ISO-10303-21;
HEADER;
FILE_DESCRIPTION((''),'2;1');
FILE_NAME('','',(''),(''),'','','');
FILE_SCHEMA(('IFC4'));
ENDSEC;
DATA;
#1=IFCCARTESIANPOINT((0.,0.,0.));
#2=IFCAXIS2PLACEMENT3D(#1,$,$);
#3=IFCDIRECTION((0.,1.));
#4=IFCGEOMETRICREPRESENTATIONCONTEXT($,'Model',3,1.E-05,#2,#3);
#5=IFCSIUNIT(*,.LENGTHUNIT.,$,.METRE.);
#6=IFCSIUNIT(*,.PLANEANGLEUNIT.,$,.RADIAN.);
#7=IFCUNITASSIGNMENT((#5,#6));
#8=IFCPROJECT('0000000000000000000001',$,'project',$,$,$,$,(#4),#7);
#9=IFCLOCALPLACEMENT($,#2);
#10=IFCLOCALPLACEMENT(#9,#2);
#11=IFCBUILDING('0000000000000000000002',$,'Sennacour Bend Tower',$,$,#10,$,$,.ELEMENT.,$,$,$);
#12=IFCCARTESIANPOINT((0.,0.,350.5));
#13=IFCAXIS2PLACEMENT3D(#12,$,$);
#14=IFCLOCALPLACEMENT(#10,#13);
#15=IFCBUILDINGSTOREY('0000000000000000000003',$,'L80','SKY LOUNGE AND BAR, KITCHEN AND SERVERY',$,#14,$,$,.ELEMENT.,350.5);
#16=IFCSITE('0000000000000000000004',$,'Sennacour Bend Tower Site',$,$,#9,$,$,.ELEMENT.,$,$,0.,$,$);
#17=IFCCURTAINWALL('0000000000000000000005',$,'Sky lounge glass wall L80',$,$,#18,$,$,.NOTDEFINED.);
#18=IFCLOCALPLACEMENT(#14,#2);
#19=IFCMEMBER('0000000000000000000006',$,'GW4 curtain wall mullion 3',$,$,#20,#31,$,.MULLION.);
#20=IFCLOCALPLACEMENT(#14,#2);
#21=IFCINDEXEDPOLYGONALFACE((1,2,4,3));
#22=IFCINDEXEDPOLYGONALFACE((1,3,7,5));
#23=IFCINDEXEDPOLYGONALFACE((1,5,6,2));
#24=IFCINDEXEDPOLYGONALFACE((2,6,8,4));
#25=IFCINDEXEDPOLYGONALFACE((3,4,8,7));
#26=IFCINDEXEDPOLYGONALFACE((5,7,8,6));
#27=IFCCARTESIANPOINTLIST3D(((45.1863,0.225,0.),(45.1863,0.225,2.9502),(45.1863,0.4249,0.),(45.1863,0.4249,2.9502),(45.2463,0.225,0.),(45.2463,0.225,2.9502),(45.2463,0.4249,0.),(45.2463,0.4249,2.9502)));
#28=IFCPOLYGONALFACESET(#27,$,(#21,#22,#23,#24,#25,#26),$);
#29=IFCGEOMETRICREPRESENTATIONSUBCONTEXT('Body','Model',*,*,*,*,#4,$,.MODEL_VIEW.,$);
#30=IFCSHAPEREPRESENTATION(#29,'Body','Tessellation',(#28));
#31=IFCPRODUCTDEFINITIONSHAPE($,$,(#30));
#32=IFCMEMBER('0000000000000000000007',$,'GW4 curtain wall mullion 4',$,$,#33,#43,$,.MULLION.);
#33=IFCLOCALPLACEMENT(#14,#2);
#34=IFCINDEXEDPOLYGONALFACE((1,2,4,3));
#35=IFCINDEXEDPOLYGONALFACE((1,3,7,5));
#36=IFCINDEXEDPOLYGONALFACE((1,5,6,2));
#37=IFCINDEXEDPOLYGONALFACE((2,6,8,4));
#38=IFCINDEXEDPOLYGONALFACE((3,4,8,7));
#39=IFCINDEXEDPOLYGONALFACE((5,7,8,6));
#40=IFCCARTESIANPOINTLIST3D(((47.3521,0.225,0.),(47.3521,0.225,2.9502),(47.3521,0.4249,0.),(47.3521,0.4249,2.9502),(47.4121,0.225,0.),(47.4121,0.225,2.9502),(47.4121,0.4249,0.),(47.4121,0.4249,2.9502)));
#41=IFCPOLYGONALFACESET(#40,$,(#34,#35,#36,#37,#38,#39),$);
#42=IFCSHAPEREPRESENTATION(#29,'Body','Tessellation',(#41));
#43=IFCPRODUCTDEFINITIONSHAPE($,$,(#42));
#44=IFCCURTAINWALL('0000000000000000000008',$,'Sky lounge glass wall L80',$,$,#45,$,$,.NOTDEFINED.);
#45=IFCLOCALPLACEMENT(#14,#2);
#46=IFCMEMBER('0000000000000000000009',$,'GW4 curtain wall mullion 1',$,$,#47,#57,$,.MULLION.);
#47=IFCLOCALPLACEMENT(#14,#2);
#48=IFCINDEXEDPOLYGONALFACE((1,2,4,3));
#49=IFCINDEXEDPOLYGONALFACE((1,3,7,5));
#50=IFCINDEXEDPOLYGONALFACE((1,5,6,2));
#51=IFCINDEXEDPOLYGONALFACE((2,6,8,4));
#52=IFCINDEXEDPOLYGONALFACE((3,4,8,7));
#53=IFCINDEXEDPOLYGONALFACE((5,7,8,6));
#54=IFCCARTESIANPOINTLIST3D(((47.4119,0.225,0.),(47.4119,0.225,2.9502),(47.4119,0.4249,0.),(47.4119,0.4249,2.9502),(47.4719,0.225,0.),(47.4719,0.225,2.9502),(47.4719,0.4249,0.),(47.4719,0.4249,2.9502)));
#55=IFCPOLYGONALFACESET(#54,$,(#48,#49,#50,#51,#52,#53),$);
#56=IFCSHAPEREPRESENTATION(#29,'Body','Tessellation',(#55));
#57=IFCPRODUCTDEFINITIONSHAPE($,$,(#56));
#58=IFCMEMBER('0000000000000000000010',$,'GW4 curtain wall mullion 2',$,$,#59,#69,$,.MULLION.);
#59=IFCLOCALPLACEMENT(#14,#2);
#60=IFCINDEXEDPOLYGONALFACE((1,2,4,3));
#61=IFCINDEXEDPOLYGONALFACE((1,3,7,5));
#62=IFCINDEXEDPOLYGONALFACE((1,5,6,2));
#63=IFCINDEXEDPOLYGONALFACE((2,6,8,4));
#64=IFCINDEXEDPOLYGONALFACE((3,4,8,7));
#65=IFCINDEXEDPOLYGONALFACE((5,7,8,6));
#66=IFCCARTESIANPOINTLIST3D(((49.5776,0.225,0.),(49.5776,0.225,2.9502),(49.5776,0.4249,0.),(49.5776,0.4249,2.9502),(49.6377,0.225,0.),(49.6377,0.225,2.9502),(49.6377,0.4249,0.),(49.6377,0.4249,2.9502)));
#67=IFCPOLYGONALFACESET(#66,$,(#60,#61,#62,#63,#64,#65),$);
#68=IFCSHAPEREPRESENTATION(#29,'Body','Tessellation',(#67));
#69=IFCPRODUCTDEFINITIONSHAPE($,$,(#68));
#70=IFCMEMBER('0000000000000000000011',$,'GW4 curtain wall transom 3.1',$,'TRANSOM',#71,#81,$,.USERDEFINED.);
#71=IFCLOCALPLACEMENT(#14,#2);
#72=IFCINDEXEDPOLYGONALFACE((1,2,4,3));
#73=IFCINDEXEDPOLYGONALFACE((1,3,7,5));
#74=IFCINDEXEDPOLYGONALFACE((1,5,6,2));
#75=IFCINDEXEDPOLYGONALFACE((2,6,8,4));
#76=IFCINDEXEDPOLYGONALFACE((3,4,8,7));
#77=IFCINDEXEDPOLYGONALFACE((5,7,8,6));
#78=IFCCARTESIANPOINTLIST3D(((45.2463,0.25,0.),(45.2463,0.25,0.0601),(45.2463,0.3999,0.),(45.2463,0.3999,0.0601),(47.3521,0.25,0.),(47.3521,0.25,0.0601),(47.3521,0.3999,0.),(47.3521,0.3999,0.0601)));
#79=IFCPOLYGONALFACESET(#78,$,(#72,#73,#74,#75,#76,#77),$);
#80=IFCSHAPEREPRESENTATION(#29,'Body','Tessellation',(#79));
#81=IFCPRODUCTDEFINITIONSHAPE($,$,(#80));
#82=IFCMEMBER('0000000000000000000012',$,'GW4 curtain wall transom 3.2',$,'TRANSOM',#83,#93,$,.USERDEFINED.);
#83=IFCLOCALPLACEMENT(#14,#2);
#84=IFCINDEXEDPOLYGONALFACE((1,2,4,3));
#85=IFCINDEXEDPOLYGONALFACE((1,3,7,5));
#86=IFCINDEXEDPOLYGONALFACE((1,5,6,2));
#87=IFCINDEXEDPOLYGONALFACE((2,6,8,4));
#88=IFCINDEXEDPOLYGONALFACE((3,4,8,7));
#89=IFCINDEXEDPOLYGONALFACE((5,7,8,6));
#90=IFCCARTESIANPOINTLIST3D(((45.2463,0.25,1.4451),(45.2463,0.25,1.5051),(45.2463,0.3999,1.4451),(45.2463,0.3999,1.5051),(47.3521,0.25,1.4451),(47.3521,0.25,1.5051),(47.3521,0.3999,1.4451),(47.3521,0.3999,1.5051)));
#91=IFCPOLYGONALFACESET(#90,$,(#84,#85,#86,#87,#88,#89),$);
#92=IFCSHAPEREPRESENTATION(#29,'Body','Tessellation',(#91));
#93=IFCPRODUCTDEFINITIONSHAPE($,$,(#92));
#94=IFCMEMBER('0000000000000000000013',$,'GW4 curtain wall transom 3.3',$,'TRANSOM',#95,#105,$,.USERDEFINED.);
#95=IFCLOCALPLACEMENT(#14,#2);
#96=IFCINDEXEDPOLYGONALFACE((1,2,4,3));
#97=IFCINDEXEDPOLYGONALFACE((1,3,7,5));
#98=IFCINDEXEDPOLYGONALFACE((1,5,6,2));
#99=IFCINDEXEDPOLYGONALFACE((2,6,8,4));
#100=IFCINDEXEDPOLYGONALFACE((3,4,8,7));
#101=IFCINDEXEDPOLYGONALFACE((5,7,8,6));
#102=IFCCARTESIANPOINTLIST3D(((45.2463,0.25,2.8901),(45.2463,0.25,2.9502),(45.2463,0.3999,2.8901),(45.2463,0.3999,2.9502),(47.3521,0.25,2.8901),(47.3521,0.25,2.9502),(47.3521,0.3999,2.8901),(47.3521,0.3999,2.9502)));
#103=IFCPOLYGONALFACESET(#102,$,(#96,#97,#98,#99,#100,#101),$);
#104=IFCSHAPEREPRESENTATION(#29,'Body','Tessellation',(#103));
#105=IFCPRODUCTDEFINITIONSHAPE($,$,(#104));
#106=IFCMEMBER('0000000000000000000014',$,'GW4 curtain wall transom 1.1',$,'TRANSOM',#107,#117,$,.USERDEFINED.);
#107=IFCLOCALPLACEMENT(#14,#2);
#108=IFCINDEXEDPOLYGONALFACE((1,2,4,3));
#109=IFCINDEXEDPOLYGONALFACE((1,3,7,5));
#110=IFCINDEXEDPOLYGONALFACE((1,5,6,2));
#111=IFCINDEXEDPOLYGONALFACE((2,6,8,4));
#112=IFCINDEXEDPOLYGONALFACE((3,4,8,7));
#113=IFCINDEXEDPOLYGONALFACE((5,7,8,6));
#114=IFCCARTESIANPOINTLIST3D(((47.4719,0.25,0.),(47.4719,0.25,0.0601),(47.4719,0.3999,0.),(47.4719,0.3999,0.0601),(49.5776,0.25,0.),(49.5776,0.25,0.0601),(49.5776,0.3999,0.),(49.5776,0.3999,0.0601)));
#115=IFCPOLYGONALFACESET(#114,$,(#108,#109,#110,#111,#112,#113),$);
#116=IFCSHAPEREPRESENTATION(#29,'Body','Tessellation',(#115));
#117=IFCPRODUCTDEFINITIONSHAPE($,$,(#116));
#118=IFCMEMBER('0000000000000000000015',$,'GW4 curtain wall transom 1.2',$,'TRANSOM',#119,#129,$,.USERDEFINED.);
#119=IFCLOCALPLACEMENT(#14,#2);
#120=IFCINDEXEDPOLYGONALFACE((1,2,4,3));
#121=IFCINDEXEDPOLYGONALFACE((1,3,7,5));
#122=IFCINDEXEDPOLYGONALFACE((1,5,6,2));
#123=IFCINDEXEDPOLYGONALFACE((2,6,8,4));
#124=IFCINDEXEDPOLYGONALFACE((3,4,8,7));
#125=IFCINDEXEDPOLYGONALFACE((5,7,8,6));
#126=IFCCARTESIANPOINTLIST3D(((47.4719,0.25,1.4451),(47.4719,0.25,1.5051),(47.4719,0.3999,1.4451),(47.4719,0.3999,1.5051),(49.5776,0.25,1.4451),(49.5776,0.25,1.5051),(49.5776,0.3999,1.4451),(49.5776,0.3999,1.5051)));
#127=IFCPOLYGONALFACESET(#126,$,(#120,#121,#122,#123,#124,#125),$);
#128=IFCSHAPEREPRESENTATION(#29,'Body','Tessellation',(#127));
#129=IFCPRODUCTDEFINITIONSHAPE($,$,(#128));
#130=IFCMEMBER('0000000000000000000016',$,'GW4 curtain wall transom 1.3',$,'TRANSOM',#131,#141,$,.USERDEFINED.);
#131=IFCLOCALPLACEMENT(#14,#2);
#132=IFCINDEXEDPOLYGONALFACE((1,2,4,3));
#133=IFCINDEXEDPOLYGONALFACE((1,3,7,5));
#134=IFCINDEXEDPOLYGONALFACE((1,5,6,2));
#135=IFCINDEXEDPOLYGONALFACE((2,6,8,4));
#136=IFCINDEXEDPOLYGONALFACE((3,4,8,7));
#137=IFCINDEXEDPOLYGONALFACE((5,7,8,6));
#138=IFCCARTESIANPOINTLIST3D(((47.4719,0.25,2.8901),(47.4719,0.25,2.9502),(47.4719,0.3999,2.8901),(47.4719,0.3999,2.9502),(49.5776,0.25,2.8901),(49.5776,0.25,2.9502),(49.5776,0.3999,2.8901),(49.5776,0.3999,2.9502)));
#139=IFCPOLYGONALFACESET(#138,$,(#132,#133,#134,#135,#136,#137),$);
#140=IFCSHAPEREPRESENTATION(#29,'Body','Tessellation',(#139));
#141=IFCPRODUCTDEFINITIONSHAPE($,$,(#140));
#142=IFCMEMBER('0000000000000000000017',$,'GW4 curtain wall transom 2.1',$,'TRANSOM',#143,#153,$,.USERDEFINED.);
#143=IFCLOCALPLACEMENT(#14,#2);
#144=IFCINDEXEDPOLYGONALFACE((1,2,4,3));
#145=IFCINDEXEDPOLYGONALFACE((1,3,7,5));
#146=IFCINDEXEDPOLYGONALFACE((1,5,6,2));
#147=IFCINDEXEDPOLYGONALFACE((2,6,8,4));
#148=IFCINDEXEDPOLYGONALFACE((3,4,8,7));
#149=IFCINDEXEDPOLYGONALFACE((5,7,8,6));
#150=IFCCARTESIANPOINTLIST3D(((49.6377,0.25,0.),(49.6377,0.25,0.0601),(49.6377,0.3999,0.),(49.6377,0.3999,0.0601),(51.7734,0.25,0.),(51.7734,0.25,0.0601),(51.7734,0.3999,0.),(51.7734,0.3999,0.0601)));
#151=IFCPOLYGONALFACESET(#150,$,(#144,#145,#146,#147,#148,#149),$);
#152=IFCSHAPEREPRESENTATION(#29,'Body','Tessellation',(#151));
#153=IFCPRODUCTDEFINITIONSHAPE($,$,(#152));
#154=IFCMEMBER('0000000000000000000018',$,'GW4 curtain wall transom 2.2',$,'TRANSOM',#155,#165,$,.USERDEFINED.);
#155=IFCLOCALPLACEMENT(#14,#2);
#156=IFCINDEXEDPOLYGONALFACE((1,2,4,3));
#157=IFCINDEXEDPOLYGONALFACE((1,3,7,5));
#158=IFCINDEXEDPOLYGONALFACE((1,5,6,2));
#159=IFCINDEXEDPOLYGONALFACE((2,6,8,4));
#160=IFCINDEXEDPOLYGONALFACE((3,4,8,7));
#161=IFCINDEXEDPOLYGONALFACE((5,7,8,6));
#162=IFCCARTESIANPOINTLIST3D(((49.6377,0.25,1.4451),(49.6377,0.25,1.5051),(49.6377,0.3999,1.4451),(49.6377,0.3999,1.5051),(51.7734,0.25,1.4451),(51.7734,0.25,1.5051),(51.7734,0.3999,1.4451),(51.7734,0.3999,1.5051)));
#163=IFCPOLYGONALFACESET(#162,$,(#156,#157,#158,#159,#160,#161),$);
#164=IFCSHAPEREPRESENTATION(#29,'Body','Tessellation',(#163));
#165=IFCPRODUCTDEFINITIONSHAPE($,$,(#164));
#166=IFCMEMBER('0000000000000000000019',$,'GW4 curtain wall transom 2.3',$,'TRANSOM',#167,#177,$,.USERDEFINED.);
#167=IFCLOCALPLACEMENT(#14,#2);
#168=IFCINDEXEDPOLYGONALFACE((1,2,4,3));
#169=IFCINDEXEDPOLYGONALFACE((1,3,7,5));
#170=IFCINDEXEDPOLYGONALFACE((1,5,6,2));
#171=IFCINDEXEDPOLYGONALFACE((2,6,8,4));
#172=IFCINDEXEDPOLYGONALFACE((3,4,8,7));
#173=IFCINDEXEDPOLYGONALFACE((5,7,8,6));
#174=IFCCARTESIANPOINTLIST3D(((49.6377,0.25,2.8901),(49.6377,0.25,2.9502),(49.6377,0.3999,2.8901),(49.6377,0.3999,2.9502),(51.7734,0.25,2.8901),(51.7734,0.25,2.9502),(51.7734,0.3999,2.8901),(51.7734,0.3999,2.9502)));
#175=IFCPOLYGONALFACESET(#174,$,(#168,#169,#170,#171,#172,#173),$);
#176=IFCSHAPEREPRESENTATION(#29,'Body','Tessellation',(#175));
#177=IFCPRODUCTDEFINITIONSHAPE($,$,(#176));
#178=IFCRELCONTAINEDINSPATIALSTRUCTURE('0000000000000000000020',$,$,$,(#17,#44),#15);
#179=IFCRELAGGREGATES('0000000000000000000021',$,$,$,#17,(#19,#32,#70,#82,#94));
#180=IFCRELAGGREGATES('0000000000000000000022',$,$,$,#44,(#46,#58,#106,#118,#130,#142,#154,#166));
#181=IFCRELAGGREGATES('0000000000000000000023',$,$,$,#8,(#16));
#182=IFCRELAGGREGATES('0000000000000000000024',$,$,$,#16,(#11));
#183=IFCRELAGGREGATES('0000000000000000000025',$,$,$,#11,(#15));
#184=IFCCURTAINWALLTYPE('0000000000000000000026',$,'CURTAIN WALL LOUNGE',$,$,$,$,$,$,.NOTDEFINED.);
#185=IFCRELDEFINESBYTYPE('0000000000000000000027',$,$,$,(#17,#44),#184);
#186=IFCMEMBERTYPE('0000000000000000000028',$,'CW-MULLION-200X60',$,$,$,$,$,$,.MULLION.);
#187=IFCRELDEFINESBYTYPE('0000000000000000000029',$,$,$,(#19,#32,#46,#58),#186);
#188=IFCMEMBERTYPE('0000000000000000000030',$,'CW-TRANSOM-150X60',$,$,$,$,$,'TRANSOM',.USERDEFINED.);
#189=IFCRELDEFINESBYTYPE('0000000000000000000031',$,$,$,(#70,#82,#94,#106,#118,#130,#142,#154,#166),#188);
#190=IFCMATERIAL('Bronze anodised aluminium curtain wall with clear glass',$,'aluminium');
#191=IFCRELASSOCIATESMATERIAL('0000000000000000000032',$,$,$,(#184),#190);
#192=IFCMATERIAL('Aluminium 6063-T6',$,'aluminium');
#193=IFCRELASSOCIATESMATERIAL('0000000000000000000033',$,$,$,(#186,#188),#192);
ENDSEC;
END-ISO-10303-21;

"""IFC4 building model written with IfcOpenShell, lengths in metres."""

from ifc_helpers import new_model, si_unit, direction, frame, origin, origin_2d, place, context, subcontext, project, spatial, rectangle, extrude, material, material_profile, profile_set, type_object, element, aggregate, save


model = new_model("IFC4")

# Units and contexts
model_context = context("Model", 3, precision=1e-05, world=origin(), true_north=direction((0.0, 1.0)))
body_context = subcontext(model_context, "Body", "Model", "MODEL_VIEW")
ifc_project = project(units=[si_unit("LENGTHUNIT", "METRE"), si_unit("PLANEANGLEUNIT", "RADIAN")], contexts=[model_context])

# Site, building, storey
site_placement = place(None, origin())
site = spatial("IfcSite", under=ifc_project, at=site_placement, Name="Sennacour Bend Tower Site", CompositionType="ELEMENT", RefElevation=0.0)
building_placement = place(site_placement, origin())
building = spatial("IfcBuilding", under=site, at=building_placement, Name="Sennacour Bend Tower", CompositionType="ELEMENT")
storey_placement = place(building_placement, frame((0.0, 0.0, 350.5)))
storey = spatial("IfcBuildingStorey", under=building, at=storey_placement, Name="L80", Description="SKY LOUNGE AND BAR, KITCHEN AND SERVERY", CompositionType="ELEMENT", Elevation=350.5)

# Curtain walls, members
ifc_material_1 = material(Name="Bronze anodised aluminium curtain wall with clear glass", Category="aluminium")
curtain_wall_type = type_object("IfcCurtainWallType", Name="CURTAIN WALL LOUNGE", PredefinedType="NOTDEFINED", material=ifc_material_1)
curtain_wall_1_placement = place(storey_placement, origin())
curtain_wall_1 = element("IfcCurtainWall", 1, at=curtain_wall_1_placement, inside=storey, type_object=curtain_wall_type, Name="Sky lounge glass wall L80", PredefinedType="NOTDEFINED")
ifc_material_2 = material(Name="Aluminium 6063-T6", Category="aluminium")
ifc_material_profile_1 = material_profile(ifc_material_2, rectangle(XDim=0.2, YDim=0.0601, at=origin_2d()), Name="Aluminium 6063-T6", Category="aluminium")
ifc_profile_set_1 = profile_set([ifc_material_profile_1], Name="Aluminium 6063-T6")
member_type_1 = type_object("IfcMemberType", Name="CW-MULLION-200X60", PredefinedType="MULLION", material=ifc_profile_set_1)
member_1_placement = place(storey_placement, frame((45.2163, 0.325, 0.0), z_axis=(0.0, 0.0, 1.0), x_axis=(0.0, 1.0, 0.0)))
member_1 = element("IfcMember", 2, at=member_1_placement, type_object=member_type_1, Name="GW4 curtain wall mullion 3", PredefinedType="MULLION", context=body_context, shape_type="SweptSolid", body=[
    extrude(rectangle(XDim=0.2, YDim=0.0601, at=origin_2d()), origin(), (0.0, 0.0, 1.0), 2.9502),
])
member_2_placement = place(storey_placement, frame((47.3821, 0.325, 0.0), z_axis=(0.0, 0.0, 1.0), x_axis=(0.0, 1.0, 0.0)))
member_2 = element("IfcMember", 3, at=member_2_placement, type_object=member_type_1, Name="GW4 curtain wall mullion 4", PredefinedType="MULLION", context=body_context, shape_type="SweptSolid", body=[
    extrude(rectangle(XDim=0.2, YDim=0.0601, at=origin_2d()), origin(), (0.0, 0.0, 1.0), 2.9502),
])
curtain_wall_2_placement = place(storey_placement, origin())
curtain_wall_2 = element("IfcCurtainWall", 4, at=curtain_wall_2_placement, inside=storey, type_object=curtain_wall_type, Name="Sky lounge glass wall L80", PredefinedType="NOTDEFINED")
member_3_placement = place(storey_placement, frame((47.4419, 0.325, 0.0), z_axis=(0.0, 0.0, 1.0), x_axis=(0.0, 1.0, 0.0)))
member_3 = element("IfcMember", 5, at=member_3_placement, type_object=member_type_1, Name="GW4 curtain wall mullion 1", PredefinedType="MULLION", context=body_context, shape_type="SweptSolid", body=[
    extrude(rectangle(XDim=0.2, YDim=0.0601, at=origin_2d()), origin(), (0.0, 0.0, 1.0), 2.9502),
])
member_4_placement = place(storey_placement, frame((49.6077, 0.325, 0.0), z_axis=(0.0, 0.0, 1.0), x_axis=(0.0, 1.0, 0.0)))
member_4 = element("IfcMember", 6, at=member_4_placement, type_object=member_type_1, Name="GW4 curtain wall mullion 2", PredefinedType="MULLION", context=body_context, shape_type="SweptSolid", body=[
    extrude(rectangle(XDim=0.2, YDim=0.0601, at=origin_2d()), origin(), (0.0, 0.0, 1.0), 2.9502),
])

# Members
ifc_material_profile_2 = material_profile(ifc_material_2, rectangle(XDim=0.1499, YDim=0.0601, at=origin_2d()), Name="Aluminium 6063-T6", Category="aluminium")
ifc_profile_set_2 = profile_set([ifc_material_profile_2], Name="Aluminium 6063-T6")
member_type_2 = type_object("IfcMemberType", Name="CW-TRANSOM-150X60", ElementType="TRANSOM", PredefinedType="USERDEFINED", material=ifc_profile_set_2)
member_5_placement = place(storey_placement, frame((45.2463, 0.325, 0.03), z_axis=(1.0, 0.0, 0.0), x_axis=(0.0, 1.0, 0.0)))
member_5 = element("IfcMember", 7, at=member_5_placement, type_object=member_type_2, Name="GW4 curtain wall transom 3.1", ObjectType="TRANSOM", PredefinedType="USERDEFINED", context=body_context, shape_type="SweptSolid", body=[
    extrude(rectangle(XDim=0.1499, YDim=0.0601, at=origin_2d()), origin(), (0.0, 0.0, 1.0), 2.1057),
])
member_6_placement = place(storey_placement, frame((45.2463, 0.325, 1.4751), z_axis=(1.0, 0.0, 0.0), x_axis=(0.0, 1.0, 0.0)))
member_6 = element("IfcMember", 8, at=member_6_placement, type_object=member_type_2, Name="GW4 curtain wall transom 3.2", ObjectType="TRANSOM", PredefinedType="USERDEFINED", context=body_context, shape_type="SweptSolid", body=[
    extrude(rectangle(XDim=0.1499, YDim=0.0601, at=origin_2d()), origin(), (0.0, 0.0, 1.0), 2.1057),
])
member_7_placement = place(storey_placement, frame((45.2463, 0.325, 2.9202), z_axis=(1.0, 0.0, 0.0), x_axis=(0.0, 1.0, 0.0)))
member_7 = element("IfcMember", 9, at=member_7_placement, type_object=member_type_2, Name="GW4 curtain wall transom 3.3", ObjectType="TRANSOM", PredefinedType="USERDEFINED", context=body_context, shape_type="SweptSolid", body=[
    extrude(rectangle(XDim=0.1499, YDim=0.0601, at=origin_2d()), origin(), (0.0, 0.0, 1.0), 2.1057),
])
member_8_placement = place(storey_placement, frame((47.4719, 0.325, 0.03), z_axis=(1.0, 0.0, 0.0), x_axis=(0.0, 1.0, 0.0)))
member_8 = element("IfcMember", 10, at=member_8_placement, type_object=member_type_2, Name="GW4 curtain wall transom 1.1", ObjectType="TRANSOM", PredefinedType="USERDEFINED", context=body_context, shape_type="SweptSolid", body=[
    extrude(rectangle(XDim=0.1499, YDim=0.0601, at=origin_2d()), origin(), (0.0, 0.0, 1.0), 2.1057),
])
member_9_placement = place(storey_placement, frame((47.4719, 0.325, 1.4751), z_axis=(1.0, 0.0, 0.0), x_axis=(0.0, 1.0, 0.0)))
member_9 = element("IfcMember", 11, at=member_9_placement, type_object=member_type_2, Name="GW4 curtain wall transom 1.2", ObjectType="TRANSOM", PredefinedType="USERDEFINED", context=body_context, shape_type="SweptSolid", body=[
    extrude(rectangle(XDim=0.1499, YDim=0.0601, at=origin_2d()), origin(), (0.0, 0.0, 1.0), 2.1057),
])
member_10_placement = place(storey_placement, frame((47.4719, 0.325, 2.9202), z_axis=(1.0, 0.0, 0.0), x_axis=(0.0, 1.0, 0.0)))
member_10 = element("IfcMember", 12, at=member_10_placement, type_object=member_type_2, Name="GW4 curtain wall transom 1.3", ObjectType="TRANSOM", PredefinedType="USERDEFINED", context=body_context, shape_type="SweptSolid", body=[
    extrude(rectangle(XDim=0.1499, YDim=0.0601, at=origin_2d()), origin(), (0.0, 0.0, 1.0), 2.1057),
])
member_11_placement = place(storey_placement, frame((49.6377, 0.325, 0.03), z_axis=(1.0, 0.0, 0.0), x_axis=(0.0, 1.0, 0.0)))
member_11 = element("IfcMember", 13, at=member_11_placement, type_object=member_type_2, Name="GW4 curtain wall transom 2.1", ObjectType="TRANSOM", PredefinedType="USERDEFINED", context=body_context, shape_type="SweptSolid", body=[
    extrude(rectangle(XDim=0.1499, YDim=0.0601, at=origin_2d()), origin(), (0.0, 0.0, 1.0), 2.1357),
])
member_12_placement = place(storey_placement, frame((49.6377, 0.325, 1.4751), z_axis=(1.0, 0.0, 0.0), x_axis=(0.0, 1.0, 0.0)))
member_12 = element("IfcMember", 14, at=member_12_placement, type_object=member_type_2, Name="GW4 curtain wall transom 2.2", ObjectType="TRANSOM", PredefinedType="USERDEFINED", context=body_context, shape_type="SweptSolid", body=[
    extrude(rectangle(XDim=0.1499, YDim=0.0601, at=origin_2d()), origin(), (0.0, 0.0, 1.0), 2.1357),
])
member_13_placement = place(storey_placement, frame((49.6377, 0.325, 2.9202), z_axis=(1.0, 0.0, 0.0), x_axis=(0.0, 1.0, 0.0)))
member_13 = element("IfcMember", 15, at=member_13_placement, type_object=member_type_2, Name="GW4 curtain wall transom 2.3", ObjectType="TRANSOM", PredefinedType="USERDEFINED", context=body_context, shape_type="SweptSolid", body=[
    extrude(rectangle(XDim=0.1499, YDim=0.0601, at=origin_2d()), origin(), (0.0, 0.0, 1.0), 2.1357),
])

aggregate(curtain_wall_1, [member_1, member_2, member_5, member_6, member_7])
aggregate(curtain_wall_2, [member_3, member_4, member_8, member_9, member_10, member_11, member_12, member_13])

save(model, "model.ifc")
